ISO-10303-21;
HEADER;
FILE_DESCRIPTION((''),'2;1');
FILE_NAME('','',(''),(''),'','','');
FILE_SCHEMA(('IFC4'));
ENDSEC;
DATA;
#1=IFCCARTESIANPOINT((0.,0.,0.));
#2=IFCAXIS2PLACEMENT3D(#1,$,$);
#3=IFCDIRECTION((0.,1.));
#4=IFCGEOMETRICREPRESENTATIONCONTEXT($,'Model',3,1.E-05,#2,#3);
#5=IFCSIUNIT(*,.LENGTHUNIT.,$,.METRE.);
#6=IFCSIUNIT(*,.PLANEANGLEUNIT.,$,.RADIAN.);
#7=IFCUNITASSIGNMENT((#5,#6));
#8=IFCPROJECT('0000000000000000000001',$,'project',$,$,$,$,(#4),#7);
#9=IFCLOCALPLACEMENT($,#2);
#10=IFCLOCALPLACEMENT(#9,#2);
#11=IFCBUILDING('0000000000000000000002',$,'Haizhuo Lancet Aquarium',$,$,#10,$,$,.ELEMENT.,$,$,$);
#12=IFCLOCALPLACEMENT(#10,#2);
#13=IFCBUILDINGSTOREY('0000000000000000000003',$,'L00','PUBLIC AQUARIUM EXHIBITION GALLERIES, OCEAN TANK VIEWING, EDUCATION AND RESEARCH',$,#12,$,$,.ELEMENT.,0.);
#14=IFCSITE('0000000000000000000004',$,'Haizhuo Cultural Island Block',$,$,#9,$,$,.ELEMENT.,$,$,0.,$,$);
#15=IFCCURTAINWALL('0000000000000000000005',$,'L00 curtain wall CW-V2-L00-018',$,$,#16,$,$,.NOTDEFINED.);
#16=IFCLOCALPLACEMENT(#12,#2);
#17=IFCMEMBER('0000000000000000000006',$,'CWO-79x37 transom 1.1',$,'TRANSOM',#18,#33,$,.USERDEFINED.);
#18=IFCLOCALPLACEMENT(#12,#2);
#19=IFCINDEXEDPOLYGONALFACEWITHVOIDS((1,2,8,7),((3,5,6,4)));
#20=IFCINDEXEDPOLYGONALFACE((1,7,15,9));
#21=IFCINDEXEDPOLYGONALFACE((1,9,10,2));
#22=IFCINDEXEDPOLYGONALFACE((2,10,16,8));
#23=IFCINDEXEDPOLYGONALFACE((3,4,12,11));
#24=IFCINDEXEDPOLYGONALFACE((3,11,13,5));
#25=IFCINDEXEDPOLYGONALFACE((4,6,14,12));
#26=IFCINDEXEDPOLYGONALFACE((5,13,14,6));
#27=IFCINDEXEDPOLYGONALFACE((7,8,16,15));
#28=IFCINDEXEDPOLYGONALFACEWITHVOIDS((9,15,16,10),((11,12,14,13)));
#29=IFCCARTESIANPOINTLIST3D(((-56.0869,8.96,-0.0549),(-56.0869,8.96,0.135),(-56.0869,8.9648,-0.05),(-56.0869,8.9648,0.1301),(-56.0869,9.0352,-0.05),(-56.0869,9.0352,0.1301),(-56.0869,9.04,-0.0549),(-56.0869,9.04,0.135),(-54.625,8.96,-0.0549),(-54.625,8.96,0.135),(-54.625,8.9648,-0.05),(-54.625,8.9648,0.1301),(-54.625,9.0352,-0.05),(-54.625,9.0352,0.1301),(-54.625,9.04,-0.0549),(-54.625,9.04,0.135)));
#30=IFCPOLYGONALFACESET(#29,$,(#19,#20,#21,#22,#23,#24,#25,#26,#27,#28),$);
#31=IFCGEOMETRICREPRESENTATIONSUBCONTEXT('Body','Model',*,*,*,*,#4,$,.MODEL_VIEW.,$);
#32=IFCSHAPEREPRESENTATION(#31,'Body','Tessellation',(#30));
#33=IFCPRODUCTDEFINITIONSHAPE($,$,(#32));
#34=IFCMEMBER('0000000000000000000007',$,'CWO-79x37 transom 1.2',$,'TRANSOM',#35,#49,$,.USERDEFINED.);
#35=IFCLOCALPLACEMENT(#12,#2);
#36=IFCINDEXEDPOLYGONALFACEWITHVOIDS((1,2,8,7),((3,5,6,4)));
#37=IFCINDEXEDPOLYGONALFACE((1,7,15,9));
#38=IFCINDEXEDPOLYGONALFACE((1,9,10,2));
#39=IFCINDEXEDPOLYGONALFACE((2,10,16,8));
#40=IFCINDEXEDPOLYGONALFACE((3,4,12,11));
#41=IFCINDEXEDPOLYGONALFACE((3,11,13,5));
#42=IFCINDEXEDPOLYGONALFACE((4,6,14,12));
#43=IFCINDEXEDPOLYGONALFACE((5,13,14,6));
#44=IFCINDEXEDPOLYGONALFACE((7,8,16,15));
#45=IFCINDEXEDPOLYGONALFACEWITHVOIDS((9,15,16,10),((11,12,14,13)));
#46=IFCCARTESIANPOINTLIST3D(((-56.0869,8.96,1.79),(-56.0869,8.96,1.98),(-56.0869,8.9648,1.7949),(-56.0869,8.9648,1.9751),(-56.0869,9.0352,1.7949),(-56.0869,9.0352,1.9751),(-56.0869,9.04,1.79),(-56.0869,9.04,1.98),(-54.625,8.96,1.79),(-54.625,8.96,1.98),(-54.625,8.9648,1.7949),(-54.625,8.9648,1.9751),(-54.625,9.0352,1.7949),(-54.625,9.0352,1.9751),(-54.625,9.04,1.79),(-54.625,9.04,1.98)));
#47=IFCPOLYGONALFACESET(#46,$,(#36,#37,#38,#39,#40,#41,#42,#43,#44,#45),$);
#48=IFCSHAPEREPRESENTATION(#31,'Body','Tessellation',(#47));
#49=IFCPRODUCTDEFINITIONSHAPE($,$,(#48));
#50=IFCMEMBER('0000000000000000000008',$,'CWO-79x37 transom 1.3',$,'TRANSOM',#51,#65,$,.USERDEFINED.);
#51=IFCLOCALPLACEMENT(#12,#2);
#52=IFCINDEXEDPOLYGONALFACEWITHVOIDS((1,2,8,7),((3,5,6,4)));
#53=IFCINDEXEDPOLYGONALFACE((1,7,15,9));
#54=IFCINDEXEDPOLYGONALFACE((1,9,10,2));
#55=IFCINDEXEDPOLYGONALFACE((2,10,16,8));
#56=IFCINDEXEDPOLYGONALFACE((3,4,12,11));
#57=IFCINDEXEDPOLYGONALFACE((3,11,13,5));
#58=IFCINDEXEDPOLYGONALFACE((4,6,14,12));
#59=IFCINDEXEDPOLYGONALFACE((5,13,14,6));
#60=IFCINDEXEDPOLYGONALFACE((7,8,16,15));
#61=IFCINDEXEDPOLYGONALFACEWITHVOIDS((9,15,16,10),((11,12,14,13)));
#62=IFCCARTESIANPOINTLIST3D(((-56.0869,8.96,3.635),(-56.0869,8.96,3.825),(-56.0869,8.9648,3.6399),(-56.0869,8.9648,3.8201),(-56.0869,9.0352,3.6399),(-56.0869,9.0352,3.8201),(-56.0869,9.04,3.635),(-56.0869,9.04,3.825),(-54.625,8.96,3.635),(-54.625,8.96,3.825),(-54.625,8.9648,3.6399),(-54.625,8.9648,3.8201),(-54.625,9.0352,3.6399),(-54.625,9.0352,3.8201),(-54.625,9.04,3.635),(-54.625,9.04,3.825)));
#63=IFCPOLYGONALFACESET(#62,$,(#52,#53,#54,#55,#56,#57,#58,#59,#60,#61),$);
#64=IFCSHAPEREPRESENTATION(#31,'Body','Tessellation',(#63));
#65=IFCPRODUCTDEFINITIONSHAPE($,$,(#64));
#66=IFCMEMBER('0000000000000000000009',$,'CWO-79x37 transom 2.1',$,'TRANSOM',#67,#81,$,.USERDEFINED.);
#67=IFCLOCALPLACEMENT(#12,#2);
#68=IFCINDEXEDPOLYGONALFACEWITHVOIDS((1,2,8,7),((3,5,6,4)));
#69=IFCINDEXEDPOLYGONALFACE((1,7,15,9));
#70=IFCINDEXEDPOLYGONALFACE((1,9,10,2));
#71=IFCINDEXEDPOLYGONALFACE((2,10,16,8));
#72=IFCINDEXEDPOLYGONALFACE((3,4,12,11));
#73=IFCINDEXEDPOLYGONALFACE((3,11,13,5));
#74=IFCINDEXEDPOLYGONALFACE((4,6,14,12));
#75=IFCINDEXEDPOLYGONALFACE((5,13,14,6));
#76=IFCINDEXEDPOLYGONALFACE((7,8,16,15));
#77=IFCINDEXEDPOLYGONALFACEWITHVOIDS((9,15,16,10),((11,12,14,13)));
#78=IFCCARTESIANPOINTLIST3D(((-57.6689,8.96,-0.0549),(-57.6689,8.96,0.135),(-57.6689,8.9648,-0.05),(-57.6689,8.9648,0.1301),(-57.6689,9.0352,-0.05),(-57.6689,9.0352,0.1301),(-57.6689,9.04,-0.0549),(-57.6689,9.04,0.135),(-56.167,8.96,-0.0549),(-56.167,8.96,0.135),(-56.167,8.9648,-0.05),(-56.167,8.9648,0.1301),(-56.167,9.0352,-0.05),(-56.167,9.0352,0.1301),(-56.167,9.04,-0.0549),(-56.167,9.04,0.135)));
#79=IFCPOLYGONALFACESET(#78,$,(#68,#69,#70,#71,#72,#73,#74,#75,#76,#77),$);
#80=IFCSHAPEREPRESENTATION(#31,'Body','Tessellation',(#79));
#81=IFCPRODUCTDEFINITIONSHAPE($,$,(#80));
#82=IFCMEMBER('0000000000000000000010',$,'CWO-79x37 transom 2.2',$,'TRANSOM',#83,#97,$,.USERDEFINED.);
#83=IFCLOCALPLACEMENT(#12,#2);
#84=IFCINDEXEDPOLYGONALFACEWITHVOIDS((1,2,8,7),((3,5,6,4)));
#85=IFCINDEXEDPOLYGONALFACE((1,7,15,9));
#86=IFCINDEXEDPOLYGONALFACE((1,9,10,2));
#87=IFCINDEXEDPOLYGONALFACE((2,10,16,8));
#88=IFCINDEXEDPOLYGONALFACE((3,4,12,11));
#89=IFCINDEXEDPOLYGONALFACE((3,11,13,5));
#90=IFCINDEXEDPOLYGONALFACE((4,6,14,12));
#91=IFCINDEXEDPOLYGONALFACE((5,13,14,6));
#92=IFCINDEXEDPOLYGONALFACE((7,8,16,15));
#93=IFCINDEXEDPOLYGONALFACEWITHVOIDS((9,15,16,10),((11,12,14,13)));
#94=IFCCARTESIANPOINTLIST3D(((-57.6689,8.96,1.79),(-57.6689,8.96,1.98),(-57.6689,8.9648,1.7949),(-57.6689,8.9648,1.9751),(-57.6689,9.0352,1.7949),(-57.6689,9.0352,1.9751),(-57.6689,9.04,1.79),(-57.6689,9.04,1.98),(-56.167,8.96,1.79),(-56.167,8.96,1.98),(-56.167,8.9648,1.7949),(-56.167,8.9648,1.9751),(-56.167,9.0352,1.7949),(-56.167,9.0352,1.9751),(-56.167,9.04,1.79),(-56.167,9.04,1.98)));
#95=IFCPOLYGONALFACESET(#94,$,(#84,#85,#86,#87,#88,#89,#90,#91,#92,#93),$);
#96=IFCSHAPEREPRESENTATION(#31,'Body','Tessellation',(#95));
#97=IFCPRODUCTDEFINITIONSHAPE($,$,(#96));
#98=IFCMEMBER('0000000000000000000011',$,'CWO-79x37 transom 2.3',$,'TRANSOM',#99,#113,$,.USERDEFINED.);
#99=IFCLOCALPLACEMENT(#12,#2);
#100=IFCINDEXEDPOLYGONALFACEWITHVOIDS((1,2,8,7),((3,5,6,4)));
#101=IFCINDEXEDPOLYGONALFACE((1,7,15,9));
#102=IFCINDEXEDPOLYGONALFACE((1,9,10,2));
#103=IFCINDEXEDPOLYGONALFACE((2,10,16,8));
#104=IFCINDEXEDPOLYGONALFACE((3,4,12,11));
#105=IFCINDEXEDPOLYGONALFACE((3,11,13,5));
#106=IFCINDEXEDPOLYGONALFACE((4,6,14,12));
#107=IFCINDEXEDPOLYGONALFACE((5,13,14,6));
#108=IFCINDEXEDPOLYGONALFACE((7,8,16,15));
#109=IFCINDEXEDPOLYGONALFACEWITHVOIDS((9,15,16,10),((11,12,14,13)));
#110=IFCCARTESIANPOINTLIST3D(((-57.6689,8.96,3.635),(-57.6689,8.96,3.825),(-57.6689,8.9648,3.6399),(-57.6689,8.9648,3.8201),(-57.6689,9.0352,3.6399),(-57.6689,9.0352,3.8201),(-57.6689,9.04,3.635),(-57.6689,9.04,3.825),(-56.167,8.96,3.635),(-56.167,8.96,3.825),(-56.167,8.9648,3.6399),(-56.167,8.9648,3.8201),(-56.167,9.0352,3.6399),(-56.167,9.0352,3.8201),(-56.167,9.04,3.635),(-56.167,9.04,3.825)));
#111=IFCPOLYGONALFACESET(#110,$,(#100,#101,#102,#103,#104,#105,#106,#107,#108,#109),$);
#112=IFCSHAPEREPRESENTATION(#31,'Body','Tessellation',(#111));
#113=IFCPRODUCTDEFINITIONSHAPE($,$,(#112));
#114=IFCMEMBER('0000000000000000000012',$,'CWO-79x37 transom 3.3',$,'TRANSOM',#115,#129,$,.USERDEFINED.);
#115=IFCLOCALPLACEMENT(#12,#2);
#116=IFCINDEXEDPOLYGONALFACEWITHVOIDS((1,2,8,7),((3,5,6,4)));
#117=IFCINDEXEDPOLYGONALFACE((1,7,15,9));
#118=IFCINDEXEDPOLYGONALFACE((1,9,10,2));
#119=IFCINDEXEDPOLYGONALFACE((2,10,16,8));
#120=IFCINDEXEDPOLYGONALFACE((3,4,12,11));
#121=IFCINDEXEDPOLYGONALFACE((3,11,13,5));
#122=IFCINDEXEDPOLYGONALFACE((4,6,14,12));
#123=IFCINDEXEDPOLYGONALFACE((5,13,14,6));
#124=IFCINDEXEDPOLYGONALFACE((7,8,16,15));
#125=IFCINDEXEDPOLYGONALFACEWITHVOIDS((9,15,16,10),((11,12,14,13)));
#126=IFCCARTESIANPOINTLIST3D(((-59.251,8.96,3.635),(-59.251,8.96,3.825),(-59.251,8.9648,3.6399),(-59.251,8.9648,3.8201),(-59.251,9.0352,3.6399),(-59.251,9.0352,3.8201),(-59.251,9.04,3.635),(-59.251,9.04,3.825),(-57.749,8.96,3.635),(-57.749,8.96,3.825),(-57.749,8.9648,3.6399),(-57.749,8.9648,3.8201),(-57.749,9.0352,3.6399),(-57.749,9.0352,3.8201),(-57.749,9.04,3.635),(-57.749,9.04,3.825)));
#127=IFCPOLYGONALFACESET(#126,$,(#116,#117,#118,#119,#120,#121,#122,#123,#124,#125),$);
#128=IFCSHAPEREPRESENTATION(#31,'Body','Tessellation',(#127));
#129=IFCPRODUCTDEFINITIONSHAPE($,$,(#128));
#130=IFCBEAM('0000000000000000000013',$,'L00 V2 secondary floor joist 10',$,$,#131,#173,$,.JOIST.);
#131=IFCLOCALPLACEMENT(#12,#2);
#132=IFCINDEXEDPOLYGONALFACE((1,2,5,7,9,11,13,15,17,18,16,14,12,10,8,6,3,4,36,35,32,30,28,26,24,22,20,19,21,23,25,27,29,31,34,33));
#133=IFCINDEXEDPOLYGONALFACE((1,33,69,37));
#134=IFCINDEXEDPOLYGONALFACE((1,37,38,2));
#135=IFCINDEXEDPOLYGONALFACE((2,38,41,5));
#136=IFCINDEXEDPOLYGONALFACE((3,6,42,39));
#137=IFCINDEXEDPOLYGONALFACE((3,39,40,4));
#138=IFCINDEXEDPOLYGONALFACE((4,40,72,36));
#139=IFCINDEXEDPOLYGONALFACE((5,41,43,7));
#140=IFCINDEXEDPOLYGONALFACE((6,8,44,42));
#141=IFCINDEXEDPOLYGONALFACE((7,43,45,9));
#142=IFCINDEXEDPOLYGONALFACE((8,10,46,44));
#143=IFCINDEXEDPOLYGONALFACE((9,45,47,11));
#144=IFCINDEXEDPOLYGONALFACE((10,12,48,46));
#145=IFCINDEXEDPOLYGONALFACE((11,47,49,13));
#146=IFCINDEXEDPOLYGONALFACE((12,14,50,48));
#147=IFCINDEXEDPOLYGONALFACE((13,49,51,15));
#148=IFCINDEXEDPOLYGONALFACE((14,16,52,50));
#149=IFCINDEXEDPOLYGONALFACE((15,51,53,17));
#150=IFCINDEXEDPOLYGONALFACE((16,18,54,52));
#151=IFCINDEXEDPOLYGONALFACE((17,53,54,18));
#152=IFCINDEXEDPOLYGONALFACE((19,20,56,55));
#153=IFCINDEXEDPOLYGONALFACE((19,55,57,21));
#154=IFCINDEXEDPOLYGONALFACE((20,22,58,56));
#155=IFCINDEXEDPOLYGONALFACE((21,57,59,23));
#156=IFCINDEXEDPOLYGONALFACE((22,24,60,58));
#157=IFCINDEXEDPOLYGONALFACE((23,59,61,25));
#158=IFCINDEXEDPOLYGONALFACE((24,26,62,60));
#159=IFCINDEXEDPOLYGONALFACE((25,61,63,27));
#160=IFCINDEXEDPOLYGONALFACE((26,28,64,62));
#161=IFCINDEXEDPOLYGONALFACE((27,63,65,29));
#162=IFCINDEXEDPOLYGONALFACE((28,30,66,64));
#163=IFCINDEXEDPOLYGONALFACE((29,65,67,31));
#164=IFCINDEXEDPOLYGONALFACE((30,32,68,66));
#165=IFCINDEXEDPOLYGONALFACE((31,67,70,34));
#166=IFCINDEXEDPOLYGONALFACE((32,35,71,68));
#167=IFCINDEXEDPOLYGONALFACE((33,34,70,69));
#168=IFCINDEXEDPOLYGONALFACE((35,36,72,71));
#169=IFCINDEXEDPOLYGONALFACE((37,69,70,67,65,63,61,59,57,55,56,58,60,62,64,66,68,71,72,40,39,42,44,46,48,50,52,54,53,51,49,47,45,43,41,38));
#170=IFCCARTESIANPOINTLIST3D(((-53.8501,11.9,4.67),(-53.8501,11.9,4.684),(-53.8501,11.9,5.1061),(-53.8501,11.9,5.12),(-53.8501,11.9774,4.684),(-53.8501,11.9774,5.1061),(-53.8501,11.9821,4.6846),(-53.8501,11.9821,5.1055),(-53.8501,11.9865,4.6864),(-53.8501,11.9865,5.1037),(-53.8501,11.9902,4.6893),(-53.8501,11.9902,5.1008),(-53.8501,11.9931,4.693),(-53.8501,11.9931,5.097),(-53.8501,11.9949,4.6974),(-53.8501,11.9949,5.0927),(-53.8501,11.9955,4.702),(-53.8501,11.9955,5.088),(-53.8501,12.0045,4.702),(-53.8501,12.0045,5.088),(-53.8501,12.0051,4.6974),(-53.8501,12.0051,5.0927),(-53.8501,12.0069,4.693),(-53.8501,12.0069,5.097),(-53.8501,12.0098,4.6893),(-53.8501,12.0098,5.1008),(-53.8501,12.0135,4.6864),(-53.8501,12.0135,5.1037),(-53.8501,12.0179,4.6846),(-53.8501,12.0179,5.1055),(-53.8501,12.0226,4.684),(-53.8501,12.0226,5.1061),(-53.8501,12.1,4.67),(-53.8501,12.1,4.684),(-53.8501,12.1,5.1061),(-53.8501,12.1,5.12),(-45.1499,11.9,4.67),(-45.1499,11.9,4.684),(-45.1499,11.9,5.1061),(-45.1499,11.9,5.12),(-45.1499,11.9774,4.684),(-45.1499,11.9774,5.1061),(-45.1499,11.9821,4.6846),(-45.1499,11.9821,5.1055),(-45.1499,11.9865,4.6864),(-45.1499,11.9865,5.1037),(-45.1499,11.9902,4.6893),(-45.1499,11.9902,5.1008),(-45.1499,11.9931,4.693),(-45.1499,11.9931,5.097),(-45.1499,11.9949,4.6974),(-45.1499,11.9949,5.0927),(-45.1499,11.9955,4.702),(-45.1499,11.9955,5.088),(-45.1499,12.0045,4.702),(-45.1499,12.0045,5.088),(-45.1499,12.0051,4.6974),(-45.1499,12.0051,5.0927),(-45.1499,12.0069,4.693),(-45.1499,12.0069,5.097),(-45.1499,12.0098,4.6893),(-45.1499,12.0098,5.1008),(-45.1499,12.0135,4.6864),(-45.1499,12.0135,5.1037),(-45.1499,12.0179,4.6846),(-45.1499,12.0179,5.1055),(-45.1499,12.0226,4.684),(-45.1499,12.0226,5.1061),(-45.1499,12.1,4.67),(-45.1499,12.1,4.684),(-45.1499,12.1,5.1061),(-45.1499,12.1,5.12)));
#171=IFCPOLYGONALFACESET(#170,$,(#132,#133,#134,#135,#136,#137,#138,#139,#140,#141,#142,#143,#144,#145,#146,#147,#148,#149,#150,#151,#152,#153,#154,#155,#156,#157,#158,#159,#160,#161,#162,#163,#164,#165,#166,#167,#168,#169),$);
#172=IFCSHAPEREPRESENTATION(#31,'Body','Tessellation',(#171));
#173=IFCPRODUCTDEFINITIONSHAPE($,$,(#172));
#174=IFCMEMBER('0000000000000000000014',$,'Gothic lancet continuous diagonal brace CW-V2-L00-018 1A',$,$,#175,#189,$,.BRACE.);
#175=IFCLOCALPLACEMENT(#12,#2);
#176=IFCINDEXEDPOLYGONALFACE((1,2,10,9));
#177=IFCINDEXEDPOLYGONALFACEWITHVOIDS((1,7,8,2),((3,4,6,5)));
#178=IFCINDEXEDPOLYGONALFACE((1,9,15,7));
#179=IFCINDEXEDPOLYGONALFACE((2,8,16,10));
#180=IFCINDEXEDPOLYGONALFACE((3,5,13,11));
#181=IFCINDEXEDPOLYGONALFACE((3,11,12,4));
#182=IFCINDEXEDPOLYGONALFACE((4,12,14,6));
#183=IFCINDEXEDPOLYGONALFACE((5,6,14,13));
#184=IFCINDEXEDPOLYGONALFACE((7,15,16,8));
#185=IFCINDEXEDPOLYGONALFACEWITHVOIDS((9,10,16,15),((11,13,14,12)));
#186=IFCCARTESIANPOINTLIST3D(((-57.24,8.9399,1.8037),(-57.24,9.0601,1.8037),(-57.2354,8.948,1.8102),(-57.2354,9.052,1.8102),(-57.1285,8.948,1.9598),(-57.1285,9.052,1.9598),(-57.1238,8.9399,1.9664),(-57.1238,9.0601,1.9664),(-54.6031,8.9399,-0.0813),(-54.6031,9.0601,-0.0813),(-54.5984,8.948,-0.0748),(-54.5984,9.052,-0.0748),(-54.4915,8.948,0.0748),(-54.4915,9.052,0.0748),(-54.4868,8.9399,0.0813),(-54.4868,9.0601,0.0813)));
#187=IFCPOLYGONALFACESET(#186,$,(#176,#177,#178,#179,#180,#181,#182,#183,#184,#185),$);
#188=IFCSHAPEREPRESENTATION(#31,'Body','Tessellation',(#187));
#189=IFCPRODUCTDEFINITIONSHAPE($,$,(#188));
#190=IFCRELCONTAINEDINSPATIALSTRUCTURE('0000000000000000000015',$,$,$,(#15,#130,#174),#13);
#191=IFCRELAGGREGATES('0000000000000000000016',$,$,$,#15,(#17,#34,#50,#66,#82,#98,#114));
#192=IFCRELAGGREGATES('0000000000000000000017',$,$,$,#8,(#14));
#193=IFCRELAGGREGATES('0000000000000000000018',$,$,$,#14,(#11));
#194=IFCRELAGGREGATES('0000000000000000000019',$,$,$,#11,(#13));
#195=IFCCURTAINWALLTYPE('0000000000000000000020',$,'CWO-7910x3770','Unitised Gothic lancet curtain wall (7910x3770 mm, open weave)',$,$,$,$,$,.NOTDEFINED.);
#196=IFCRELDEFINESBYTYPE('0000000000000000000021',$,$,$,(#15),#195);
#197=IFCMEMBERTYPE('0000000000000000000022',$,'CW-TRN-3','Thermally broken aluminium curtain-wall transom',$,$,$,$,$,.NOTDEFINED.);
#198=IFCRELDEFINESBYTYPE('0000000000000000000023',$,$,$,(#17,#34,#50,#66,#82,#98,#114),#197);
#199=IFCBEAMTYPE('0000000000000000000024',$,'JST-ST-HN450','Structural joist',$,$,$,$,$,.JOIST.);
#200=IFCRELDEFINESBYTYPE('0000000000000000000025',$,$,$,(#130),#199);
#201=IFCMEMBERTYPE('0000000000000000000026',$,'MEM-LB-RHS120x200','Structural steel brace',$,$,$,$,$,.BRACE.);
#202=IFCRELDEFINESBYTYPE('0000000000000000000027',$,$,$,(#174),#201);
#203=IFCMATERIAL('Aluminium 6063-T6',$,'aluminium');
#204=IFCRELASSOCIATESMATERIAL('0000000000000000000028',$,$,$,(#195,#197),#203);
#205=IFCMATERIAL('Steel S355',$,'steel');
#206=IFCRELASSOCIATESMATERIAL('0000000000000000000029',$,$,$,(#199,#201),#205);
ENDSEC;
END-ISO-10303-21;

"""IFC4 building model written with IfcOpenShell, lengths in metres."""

from ifc_helpers import new_model, si_unit, direction, frame, origin, origin_2d, place, context, subcontext, project, spatial, hollow_rectangle, i_section, extrude, material, material_profile, profile_set, type_object, element, aggregate, save


model = new_model("IFC4")

# Units and contexts
model_context = context("Model", 3, precision=1e-05, world=origin(), true_north=direction((0.0, 1.0)))
body_context = subcontext(model_context, "Body", "Model", "MODEL_VIEW")
ifc_project = project(units=[si_unit("LENGTHUNIT", "METRE"), si_unit("PLANEANGLEUNIT", "RADIAN")], contexts=[model_context])

# Site, building, storey
site_placement = place(None, origin())
site = spatial("IfcSite", under=ifc_project, at=site_placement, Name="Haizhuo Cultural Island Block", CompositionType="ELEMENT", RefElevation=0.0)
building_placement = place(site_placement, origin())
building = spatial("IfcBuilding", under=site, at=building_placement, Name="Haizhuo Lancet Aquarium", CompositionType="ELEMENT")
storey_placement = place(building_placement, origin())
storey = spatial("IfcBuildingStorey", under=building, at=storey_placement, Name="L00", Description="PUBLIC AQUARIUM EXHIBITION GALLERIES, OCEAN TANK VIEWING, EDUCATION AND RESEARCH", CompositionType="ELEMENT", Elevation=0.0)

# Shared definitions
ifc_material_1 = material(Name="Steel S355", Category="steel")

# Curtain wall, members
ifc_material_2 = material(Name="Aluminium 6063-T6", Category="aluminium")
curtain_wall_type = type_object("IfcCurtainWallType", Name="CWO-7910x3770", Description="Unitised Gothic lancet curtain wall (7910x3770 mm, open weave)", PredefinedType="NOTDEFINED", material=ifc_material_2)
curtain_wall_placement = place(storey_placement, origin())
curtain_wall = element("IfcCurtainWall", 1, at=curtain_wall_placement, inside=storey, type_object=curtain_wall_type, Name="L00 curtain wall CW-V2-L00-018", PredefinedType="NOTDEFINED")
ifc_material_profile_1 = material_profile(ifc_material_2, hollow_rectangle(XDim=0.0801, YDim=0.1899, WallThickness=0.0049, at=origin_2d()), Name="ALU-T 80x190x5")
ifc_profile_set_1 = profile_set([ifc_material_profile_1], Name="Aluminium 6063-T6")
member_type_1 = type_object("IfcMemberType", Name="CW-TRN-3", Description="Thermally broken aluminium curtain-wall transom", PredefinedType="NOTDEFINED", material=ifc_profile_set_1)
member_1_placement = place(storey_placement, frame((-54.625, 9.0, 0.04), z_axis=(-1.0, 0.0, 0.0), x_axis=(0.0, -1.0, 0.0)))
member_1 = element("IfcMember", 2, at=member_1_placement, type_object=member_type_1, Name="CWO-79x37 transom 1.1", ObjectType="TRANSOM", PredefinedType="USERDEFINED", context=body_context, shape_type="SweptSolid", body=[
    extrude(hollow_rectangle(XDim=0.0801, YDim=0.1899, WallThickness=0.0049, at=origin_2d()), origin(), (0.0, 0.0, 1.0), 1.4619),
])
member_2_placement = place(storey_placement, frame((-54.625, 9.0, 1.885), z_axis=(-1.0, 0.0, 0.0), x_axis=(0.0, -1.0, 0.0)))
member_2 = element("IfcMember", 3, at=member_2_placement, type_object=member_type_1, Name="CWO-79x37 transom 1.2", ObjectType="TRANSOM", PredefinedType="USERDEFINED", context=body_context, shape_type="SweptSolid", body=[
    extrude(hollow_rectangle(XDim=0.0801, YDim=0.1899, WallThickness=0.0049, at=origin_2d()), origin(), (0.0, 0.0, 1.0), 1.4619),
])
member_3_placement = place(storey_placement, frame((-54.625, 9.0, 3.73), z_axis=(-1.0, 0.0, 0.0), x_axis=(0.0, -1.0, 0.0)))
member_3 = element("IfcMember", 4, at=member_3_placement, type_object=member_type_1, Name="CWO-79x37 transom 1.3", ObjectType="TRANSOM", PredefinedType="USERDEFINED", context=body_context, shape_type="SweptSolid", body=[
    extrude(hollow_rectangle(XDim=0.0801, YDim=0.1899, WallThickness=0.0049, at=origin_2d()), origin(), (0.0, 0.0, 1.0), 1.4619),
])
member_4_placement = place(storey_placement, frame((-56.167, 9.0, 0.04), z_axis=(-1.0, 0.0, 0.0), x_axis=(0.0, -1.0, 0.0)))
member_4 = element("IfcMember", 5, at=member_4_placement, type_object=member_type_1, Name="CWO-79x37 transom 2.1", ObjectType="TRANSOM", PredefinedType="USERDEFINED", context=body_context, shape_type="SweptSolid", body=[
    extrude(hollow_rectangle(XDim=0.0801, YDim=0.1899, WallThickness=0.0049, at=origin_2d()), origin(), (0.0, 0.0, 1.0), 1.502),
])
member_5_placement = place(storey_placement, frame((-56.167, 9.0, 1.885), z_axis=(-1.0, 0.0, 0.0), x_axis=(0.0, -1.0, 0.0)))
member_5 = element("IfcMember", 6, at=member_5_placement, type_object=member_type_1, Name="CWO-79x37 transom 2.2", ObjectType="TRANSOM", PredefinedType="USERDEFINED", context=body_context, shape_type="SweptSolid", body=[
    extrude(hollow_rectangle(XDim=0.0801, YDim=0.1899, WallThickness=0.0049, at=origin_2d()), origin(), (0.0, 0.0, 1.0), 1.502),
])
member_6_placement = place(storey_placement, frame((-56.167, 9.0, 3.73), z_axis=(-1.0, 0.0, 0.0), x_axis=(0.0, -1.0, 0.0)))
member_6 = element("IfcMember", 7, at=member_6_placement, type_object=member_type_1, Name="CWO-79x37 transom 2.3", ObjectType="TRANSOM", PredefinedType="USERDEFINED", context=body_context, shape_type="SweptSolid", body=[
    extrude(hollow_rectangle(XDim=0.0801, YDim=0.1899, WallThickness=0.0049, at=origin_2d()), origin(), (0.0, 0.0, 1.0), 1.502),
])
member_7_placement = place(storey_placement, frame((-57.749, 9.0, 3.73), z_axis=(-1.0, 0.0, 0.0), x_axis=(0.0, -1.0, 0.0)))
member_7 = element("IfcMember", 8, at=member_7_placement, type_object=member_type_1, Name="CWO-79x37 transom 3.3", ObjectType="TRANSOM", PredefinedType="USERDEFINED", context=body_context, shape_type="SweptSolid", body=[
    extrude(hollow_rectangle(XDim=0.0801, YDim=0.1899, WallThickness=0.0049, at=origin_2d()), origin(), (0.0, 0.0, 1.0), 1.502),
])

# Beam
ifc_material_profile_2 = material_profile(ifc_material_1, i_section(OverallWidth=0.2, OverallDepth=0.45, WebThickness=0.009, FlangeThickness=0.0139, FilletRadius=0.0181, at=origin_2d()), Name="HN 450x200x9x14")
ifc_profile_set_2 = profile_set([ifc_material_profile_2], Name="Steel S355")
beam_type_1 = type_object("IfcBeamType", Name="JST-ST-HN450", Description="Structural joist", PredefinedType="JOIST", material=ifc_profile_set_2)
beam_1_placement = place(storey_placement, frame((-53.8501, 12.0, 4.895), z_axis=(1.0, 0.0, 0.0), x_axis=(0.0, 1.0, 0.0)))
element("IfcBeam", 9, at=beam_1_placement, inside=storey, type_object=beam_type_1, Name="L00 V2 secondary floor joist 10", PredefinedType="JOIST", context=body_context, shape_type="SweptSolid", body=[
    extrude(i_section(OverallWidth=0.2, OverallDepth=0.45, WebThickness=0.009, FlangeThickness=0.0139, FilletRadius=0.0181, at=origin_2d()), origin(), (0.0, 0.0, 1.0), 8.7002),
])

# Member
ifc_material_profile_3 = material_profile(ifc_material_1, hollow_rectangle(XDim=0.1201, YDim=0.2, WallThickness=0.0081, at=origin_2d()), Name="RHS 120x200x8")
ifc_profile_set_3 = profile_set([ifc_material_profile_3], Name="Steel S355")
member_type_2 = type_object("IfcMemberType", Name="MEM-LB-RHS120x200", Description="Structural steel brace", PredefinedType="BRACE", material=ifc_profile_set_3)
member_8_placement = place(storey_placement, frame((-54.5449, 9.0, 0.0), z_axis=(-0.81352, 0.0, 0.581537), x_axis=(0.0, -1.0, 0.0)))
element("IfcMember", 10, at=member_8_placement, inside=storey, type_object=member_type_2, Name="Gothic lancet continuous diagonal brace CW-V2-L00-018 1A", PredefinedType="BRACE", context=body_context, shape_type="SweptSolid", body=[
    extrude(hollow_rectangle(XDim=0.1201, YDim=0.2, WallThickness=0.0081, at=origin_2d()), origin(), (0.0, 0.0, 1.0), 3.2415),
])

aggregate(curtain_wall, [member_1, member_2, member_3, member_4, member_5, member_6, member_7])

save(model, "model.ifc")
